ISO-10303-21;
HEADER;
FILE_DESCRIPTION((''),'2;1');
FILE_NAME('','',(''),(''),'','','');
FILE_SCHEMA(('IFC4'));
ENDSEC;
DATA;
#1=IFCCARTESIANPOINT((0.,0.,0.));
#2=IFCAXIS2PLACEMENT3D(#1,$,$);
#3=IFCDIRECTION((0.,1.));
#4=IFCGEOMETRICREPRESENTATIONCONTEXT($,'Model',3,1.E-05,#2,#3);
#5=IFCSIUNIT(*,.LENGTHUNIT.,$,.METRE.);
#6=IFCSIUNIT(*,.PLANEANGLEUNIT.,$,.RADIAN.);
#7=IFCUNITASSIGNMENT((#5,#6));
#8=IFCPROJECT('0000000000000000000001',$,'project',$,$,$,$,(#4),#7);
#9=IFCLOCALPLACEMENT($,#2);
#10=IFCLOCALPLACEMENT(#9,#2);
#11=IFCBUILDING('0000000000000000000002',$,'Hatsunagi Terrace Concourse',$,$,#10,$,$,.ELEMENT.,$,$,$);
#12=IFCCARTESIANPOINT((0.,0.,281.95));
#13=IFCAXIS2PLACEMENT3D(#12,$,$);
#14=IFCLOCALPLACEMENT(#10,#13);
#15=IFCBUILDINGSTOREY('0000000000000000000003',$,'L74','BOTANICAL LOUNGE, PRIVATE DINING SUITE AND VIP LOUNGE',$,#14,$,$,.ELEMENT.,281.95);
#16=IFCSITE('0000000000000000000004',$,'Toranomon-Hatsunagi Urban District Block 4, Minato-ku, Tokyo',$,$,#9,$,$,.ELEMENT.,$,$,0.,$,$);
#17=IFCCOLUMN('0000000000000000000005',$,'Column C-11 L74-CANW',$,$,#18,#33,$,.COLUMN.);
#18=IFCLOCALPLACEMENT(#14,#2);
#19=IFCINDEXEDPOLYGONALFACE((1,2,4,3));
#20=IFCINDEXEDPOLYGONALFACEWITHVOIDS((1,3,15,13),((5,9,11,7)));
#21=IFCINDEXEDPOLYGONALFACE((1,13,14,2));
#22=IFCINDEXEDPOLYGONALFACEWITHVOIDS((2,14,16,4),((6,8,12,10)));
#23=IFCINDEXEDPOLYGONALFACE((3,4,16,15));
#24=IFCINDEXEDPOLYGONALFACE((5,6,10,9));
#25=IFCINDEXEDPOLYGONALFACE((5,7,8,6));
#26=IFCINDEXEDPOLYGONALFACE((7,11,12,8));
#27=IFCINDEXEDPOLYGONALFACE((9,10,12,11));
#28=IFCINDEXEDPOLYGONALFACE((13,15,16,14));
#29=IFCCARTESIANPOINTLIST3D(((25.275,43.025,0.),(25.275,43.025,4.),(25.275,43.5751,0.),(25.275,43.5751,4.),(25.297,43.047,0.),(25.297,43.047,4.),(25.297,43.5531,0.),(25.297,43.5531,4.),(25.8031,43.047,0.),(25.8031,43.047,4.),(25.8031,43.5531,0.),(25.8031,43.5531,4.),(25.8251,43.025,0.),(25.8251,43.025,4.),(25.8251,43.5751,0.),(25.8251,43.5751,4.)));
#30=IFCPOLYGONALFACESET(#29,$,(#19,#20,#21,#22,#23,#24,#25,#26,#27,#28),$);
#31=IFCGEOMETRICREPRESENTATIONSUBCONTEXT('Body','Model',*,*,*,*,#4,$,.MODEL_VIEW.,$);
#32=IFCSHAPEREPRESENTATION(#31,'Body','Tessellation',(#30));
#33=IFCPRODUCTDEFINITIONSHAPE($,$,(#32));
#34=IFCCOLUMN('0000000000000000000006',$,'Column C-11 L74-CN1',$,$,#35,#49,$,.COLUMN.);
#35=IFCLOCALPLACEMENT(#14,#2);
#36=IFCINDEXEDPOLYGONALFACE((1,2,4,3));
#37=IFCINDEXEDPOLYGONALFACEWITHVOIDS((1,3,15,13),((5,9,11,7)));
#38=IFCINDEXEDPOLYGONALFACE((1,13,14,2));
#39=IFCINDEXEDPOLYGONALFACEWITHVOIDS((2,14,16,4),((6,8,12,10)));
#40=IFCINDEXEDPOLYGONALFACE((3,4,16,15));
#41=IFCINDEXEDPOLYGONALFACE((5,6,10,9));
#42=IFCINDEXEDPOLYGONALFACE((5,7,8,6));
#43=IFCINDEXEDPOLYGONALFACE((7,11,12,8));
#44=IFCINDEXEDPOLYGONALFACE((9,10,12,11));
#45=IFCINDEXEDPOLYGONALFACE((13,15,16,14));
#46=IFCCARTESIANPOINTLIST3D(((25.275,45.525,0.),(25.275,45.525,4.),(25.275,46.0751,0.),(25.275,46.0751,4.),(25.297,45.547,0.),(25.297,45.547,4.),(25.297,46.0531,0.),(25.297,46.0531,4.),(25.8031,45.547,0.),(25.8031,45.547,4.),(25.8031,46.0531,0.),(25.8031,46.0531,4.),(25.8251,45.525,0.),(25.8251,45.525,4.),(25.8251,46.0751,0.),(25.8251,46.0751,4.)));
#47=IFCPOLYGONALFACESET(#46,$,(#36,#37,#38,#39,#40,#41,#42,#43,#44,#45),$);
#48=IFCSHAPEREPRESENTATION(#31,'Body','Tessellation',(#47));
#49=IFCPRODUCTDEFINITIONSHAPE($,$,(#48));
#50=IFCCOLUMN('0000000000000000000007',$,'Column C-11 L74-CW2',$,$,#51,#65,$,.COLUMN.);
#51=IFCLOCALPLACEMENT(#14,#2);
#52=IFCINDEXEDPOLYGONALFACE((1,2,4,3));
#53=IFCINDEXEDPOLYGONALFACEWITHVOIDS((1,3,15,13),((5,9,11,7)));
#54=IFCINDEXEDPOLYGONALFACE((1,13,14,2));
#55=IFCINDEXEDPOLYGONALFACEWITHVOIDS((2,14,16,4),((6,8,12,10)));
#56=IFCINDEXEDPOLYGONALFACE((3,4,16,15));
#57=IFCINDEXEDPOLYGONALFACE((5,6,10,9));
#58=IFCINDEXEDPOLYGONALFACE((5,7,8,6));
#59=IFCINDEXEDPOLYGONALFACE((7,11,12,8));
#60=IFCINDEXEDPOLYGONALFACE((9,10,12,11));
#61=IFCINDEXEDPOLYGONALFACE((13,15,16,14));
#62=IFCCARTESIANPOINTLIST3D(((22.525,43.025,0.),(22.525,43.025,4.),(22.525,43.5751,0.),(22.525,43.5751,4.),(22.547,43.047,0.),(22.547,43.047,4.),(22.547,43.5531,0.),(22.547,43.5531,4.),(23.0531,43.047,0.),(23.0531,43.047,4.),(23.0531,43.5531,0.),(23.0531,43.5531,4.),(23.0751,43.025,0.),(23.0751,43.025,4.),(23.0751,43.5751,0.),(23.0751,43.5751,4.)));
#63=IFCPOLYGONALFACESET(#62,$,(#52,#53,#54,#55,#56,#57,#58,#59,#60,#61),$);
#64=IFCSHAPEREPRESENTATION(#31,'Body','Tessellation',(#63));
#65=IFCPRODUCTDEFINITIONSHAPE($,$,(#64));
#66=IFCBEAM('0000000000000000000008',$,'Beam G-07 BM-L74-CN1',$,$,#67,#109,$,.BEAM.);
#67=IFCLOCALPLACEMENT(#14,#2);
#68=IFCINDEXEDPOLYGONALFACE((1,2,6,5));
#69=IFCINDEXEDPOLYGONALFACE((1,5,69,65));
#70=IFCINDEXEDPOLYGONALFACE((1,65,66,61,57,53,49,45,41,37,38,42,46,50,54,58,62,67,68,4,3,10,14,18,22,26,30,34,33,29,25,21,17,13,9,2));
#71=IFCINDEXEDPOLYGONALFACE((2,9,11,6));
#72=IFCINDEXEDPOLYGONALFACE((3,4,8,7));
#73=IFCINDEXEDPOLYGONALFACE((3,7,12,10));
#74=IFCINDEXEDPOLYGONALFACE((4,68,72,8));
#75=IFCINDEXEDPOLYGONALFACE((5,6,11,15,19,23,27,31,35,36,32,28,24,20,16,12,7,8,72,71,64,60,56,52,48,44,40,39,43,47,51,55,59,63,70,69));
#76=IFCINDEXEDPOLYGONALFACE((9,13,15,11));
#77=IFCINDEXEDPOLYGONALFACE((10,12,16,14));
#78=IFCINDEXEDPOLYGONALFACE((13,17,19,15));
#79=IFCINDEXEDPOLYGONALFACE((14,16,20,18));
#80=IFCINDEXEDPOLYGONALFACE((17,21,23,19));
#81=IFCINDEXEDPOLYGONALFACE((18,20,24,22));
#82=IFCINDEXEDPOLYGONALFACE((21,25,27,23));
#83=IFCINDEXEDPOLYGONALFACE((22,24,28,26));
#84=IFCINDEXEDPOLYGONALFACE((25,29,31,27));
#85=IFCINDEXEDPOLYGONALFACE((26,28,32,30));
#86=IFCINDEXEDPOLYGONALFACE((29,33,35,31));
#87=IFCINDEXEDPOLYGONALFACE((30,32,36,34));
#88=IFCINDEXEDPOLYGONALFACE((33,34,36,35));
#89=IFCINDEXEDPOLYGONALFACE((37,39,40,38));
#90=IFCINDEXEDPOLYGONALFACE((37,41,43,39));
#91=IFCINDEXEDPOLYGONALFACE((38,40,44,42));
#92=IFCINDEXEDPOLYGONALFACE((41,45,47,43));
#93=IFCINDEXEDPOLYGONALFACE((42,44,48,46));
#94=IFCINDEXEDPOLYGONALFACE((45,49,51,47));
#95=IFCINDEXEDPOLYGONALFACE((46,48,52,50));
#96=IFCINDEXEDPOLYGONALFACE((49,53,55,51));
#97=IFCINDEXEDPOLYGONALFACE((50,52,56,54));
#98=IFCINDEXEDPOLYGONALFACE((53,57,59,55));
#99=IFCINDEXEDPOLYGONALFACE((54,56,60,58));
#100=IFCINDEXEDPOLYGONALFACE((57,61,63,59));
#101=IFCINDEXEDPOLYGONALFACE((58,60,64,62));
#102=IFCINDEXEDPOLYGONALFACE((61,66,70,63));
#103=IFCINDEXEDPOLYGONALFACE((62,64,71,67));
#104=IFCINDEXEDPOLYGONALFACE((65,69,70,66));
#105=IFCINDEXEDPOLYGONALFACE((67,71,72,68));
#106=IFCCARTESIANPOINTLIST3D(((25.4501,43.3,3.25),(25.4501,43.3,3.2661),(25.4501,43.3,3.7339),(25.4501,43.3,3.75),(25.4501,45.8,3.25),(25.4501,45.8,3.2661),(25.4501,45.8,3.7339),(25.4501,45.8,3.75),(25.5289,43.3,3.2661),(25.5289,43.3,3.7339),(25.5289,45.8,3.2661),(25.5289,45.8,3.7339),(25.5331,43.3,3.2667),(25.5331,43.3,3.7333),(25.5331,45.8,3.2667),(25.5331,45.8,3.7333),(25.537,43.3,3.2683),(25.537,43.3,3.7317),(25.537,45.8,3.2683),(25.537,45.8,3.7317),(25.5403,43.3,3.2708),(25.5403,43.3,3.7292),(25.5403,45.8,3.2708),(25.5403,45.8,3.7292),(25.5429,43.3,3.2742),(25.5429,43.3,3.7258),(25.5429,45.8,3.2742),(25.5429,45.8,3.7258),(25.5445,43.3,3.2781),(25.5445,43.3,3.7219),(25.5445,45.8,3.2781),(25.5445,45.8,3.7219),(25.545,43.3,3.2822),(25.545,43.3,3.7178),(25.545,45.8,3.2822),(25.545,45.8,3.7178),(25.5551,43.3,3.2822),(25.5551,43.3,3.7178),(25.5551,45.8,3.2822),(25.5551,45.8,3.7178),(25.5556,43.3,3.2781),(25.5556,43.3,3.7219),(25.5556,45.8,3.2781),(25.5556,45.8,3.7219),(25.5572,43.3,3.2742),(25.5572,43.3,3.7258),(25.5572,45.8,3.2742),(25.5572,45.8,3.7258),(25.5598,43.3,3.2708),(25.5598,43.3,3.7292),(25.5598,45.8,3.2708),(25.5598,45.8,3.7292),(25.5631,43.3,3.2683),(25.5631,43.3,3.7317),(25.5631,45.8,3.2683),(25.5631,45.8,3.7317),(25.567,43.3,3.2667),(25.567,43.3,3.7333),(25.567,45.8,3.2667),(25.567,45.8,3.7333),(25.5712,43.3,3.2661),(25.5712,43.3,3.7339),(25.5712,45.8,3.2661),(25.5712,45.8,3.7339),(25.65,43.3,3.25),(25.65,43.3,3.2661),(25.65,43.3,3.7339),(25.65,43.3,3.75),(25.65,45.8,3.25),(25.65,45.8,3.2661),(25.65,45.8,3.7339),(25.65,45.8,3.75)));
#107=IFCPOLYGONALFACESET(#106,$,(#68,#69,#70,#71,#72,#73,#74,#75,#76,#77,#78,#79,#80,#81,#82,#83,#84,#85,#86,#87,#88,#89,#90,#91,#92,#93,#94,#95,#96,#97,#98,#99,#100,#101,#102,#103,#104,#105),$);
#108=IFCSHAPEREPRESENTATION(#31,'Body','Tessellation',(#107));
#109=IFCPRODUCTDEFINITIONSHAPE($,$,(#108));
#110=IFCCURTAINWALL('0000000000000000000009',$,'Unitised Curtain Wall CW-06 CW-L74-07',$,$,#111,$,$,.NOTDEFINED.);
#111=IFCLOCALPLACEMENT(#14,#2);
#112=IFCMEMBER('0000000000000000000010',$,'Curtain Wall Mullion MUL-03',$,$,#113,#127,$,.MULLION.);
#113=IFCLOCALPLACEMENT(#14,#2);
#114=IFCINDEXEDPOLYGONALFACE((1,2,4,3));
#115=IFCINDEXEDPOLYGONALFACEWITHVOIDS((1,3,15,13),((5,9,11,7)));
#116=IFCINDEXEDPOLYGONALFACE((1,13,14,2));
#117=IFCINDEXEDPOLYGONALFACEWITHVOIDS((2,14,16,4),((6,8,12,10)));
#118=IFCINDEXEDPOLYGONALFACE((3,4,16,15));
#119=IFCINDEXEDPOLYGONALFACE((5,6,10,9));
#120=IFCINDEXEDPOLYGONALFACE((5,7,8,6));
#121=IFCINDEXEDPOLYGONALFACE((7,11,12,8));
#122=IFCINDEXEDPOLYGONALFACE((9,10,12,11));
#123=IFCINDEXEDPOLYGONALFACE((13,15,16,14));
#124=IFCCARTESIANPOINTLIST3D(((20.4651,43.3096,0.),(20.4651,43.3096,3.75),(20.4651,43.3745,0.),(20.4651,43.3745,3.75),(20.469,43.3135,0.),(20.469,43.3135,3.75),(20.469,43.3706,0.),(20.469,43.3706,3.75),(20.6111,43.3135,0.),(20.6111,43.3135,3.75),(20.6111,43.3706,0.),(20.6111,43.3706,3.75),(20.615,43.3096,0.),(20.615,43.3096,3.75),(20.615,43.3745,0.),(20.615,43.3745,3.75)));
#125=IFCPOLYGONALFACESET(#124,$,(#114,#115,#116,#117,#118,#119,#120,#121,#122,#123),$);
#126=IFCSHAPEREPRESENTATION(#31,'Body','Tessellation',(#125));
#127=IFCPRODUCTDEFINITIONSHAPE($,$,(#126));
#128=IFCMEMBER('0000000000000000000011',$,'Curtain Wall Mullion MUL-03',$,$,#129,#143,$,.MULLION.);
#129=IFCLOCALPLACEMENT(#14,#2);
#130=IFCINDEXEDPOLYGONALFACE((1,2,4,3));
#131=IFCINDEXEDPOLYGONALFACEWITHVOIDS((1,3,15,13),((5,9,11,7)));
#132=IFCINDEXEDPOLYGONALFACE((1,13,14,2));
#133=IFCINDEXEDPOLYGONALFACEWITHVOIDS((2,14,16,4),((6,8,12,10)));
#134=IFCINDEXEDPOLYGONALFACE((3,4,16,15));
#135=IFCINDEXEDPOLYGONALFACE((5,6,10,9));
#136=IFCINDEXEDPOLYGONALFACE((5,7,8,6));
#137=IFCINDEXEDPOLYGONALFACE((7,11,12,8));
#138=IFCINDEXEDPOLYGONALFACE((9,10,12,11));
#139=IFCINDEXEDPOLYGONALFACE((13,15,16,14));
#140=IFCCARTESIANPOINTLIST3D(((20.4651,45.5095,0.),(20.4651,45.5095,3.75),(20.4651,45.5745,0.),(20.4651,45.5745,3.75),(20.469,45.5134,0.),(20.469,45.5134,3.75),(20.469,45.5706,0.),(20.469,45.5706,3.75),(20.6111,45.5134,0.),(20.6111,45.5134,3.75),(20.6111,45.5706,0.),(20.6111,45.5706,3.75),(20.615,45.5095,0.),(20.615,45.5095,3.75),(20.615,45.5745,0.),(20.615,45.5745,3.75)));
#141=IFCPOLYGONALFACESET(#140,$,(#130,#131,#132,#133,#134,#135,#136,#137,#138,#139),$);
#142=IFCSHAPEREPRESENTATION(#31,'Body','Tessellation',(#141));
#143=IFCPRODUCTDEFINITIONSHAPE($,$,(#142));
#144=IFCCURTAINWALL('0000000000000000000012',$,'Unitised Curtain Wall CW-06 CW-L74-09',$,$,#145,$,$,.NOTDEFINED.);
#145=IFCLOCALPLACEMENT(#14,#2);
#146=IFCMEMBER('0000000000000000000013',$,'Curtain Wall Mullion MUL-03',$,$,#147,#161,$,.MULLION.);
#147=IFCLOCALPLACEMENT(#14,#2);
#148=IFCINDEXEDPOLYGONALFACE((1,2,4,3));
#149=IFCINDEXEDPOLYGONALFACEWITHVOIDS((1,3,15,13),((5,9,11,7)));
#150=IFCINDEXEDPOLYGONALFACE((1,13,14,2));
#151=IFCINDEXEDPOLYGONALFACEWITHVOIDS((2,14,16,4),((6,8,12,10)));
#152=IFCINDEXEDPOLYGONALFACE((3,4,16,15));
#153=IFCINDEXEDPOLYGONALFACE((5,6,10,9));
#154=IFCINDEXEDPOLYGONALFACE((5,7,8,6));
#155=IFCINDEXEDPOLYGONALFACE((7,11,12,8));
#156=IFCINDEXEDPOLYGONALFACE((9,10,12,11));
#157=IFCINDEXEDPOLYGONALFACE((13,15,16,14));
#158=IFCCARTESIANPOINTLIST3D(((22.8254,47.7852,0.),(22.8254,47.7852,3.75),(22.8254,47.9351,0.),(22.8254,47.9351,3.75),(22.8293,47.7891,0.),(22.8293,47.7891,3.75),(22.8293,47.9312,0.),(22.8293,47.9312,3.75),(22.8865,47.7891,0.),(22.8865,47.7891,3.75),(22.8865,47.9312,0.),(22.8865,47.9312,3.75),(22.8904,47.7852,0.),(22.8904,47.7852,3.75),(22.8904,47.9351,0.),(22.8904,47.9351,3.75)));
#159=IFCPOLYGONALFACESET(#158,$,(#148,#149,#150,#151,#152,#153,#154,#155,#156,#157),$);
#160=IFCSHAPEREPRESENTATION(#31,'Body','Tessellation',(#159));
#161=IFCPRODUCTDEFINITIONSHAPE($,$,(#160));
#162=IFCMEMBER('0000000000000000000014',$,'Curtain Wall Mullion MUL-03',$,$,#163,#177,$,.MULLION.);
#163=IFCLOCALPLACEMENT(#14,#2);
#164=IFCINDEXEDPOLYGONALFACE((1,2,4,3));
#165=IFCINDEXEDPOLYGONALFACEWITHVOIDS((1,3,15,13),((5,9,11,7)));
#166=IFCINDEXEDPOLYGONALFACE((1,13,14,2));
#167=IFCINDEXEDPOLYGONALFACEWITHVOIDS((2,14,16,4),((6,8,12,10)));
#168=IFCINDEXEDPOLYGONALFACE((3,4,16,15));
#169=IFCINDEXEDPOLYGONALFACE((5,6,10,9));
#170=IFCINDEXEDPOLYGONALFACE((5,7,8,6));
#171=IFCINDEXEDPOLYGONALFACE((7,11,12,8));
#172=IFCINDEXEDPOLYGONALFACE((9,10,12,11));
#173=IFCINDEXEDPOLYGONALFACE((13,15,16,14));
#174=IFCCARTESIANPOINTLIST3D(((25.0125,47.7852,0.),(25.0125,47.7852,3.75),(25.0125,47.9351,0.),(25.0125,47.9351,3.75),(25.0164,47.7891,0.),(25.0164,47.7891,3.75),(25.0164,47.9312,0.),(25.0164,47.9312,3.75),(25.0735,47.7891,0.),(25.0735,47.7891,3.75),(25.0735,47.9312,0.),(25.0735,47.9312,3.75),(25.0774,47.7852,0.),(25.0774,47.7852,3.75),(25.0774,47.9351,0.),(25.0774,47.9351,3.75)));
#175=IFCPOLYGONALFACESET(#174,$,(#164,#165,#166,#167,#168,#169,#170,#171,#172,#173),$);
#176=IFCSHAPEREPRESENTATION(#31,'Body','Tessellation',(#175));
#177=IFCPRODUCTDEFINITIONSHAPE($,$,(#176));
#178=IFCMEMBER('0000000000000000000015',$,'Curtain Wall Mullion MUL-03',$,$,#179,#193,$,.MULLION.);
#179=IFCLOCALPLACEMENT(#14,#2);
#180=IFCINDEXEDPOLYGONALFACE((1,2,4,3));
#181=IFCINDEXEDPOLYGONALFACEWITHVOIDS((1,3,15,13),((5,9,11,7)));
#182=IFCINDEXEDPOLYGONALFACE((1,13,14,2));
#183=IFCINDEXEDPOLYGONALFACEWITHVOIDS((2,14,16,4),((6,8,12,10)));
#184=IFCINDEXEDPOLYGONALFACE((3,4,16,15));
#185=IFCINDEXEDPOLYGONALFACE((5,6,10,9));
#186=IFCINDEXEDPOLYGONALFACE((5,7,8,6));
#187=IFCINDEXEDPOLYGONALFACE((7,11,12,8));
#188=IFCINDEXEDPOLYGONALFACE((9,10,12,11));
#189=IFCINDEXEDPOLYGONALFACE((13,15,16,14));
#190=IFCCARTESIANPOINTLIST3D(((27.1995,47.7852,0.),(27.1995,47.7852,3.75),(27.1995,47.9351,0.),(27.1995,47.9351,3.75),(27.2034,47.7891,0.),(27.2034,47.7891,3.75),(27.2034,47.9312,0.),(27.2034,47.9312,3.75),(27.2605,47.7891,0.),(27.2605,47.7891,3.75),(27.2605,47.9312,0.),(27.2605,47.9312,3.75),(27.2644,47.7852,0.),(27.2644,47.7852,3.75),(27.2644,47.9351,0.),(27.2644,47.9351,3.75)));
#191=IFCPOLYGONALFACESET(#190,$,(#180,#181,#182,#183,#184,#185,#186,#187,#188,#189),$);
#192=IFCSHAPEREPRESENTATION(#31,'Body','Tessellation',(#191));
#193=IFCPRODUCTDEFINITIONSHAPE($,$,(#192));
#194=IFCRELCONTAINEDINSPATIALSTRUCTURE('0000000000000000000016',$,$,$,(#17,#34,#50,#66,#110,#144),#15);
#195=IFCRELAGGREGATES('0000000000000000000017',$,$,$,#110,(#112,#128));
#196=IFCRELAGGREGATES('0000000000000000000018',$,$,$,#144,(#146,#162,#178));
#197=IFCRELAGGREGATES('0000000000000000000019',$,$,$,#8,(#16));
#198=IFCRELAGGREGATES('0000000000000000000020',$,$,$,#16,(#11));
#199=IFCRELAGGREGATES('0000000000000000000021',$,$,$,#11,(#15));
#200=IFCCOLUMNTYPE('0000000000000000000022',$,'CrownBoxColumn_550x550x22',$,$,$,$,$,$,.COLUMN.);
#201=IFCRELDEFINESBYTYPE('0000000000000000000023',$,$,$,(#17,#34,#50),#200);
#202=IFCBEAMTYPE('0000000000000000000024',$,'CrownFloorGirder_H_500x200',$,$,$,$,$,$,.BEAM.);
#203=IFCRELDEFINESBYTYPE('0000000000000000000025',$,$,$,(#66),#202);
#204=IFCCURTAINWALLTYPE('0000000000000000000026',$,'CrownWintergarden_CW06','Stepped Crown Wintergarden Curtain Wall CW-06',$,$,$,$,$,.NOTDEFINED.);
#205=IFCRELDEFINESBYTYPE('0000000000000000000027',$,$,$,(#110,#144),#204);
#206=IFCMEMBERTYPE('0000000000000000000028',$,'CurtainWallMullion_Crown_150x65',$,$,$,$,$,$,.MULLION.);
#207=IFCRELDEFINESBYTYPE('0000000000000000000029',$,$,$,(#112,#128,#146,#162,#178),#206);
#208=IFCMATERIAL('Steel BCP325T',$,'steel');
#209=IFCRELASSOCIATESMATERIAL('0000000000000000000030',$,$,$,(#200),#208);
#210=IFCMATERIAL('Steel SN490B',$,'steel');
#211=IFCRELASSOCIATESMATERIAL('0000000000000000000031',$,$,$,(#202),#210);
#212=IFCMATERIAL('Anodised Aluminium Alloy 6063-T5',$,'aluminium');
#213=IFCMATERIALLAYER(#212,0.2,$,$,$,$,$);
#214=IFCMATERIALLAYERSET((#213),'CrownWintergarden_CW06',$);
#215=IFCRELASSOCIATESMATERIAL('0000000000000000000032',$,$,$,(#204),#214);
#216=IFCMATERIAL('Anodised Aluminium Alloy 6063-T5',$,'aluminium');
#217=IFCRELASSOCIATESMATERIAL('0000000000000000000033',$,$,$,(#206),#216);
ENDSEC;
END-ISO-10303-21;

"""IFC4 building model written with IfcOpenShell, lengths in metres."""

from ifc_helpers import new_model, si_unit, direction, frame, origin, origin_2d, place, context, subcontext, project, spatial, hollow_rectangle, i_section, extrude, material, layer, layer_set, material_profile, profile_set, type_object, element, aggregate, save


model = new_model("IFC4")

# Units and contexts
model_context = context("Model", 3, precision=1e-05, world=origin(), true_north=direction((0.0, 1.0)))
body_context = subcontext(model_context, "Body", "Model", "MODEL_VIEW")
ifc_project = project(units=[si_unit("LENGTHUNIT", "METRE"), si_unit("PLANEANGLEUNIT", "RADIAN")], contexts=[model_context])

# Site, building, storey
site_placement = place(None, origin())
site = spatial("IfcSite", under=ifc_project, at=site_placement, Name="Toranomon-Hatsunagi Urban District Block 4, Minato-ku, Tokyo", CompositionType="ELEMENT", RefElevation=0.0)
building_placement = place(site_placement, origin())
building = spatial("IfcBuilding", under=site, at=building_placement, Name="Hatsunagi Terrace Concourse", CompositionType="ELEMENT")
storey_placement = place(building_placement, frame((0.0, 0.0, 281.95)))
storey = spatial("IfcBuildingStorey", under=building, at=storey_placement, Name="L74", Description="BOTANICAL LOUNGE, PRIVATE DINING SUITE AND VIP LOUNGE", CompositionType="ELEMENT", Elevation=281.95)

# Columns
ifc_material_1 = material(Name="Steel BCP325T", Category="steel")
ifc_material_profile_1 = material_profile(ifc_material_1, hollow_rectangle(XDim=0.55, YDim=0.55, WallThickness=0.022, at=origin_2d()), Name="BCP-550x550x22")
ifc_profile_set_1 = profile_set([ifc_material_profile_1], Name="Steel BCP325T")
column_type = type_object("IfcColumnType", Name="CrownBoxColumn_550x550x22", PredefinedType="COLUMN", material=ifc_profile_set_1)
for number, where, z_axis, x_axis, name in (
    (1, (25.55, 43.3, 0.0), (0.0, 0.0, 1.0), (1.0, 0.0, 0.0), "Column C-11 L74-CANW"),
    (2, (25.55, 45.8, 0.0), (0.0, 0.0, 1.0), (1.0, 0.0, 0.0), "Column C-11 L74-CN1"),
    (3, (22.8, 43.3, 0.0), (0.0, 0.0, 1.0), (1.0, 0.0, 0.0), "Column C-11 L74-CW2"),
):
    element("IfcColumn", number, at=place(storey_placement, frame(where, z_axis=z_axis, x_axis=x_axis)), inside=storey, type_object=column_type, Name=name, PredefinedType="COLUMN", context=body_context, shape_type="SweptSolid", body=[
        extrude(hollow_rectangle(XDim=0.55, YDim=0.55, WallThickness=0.022, at=origin_2d()), origin(), (0.0, 0.0, 1.0), 4.0),
    ])

# Beam
ifc_material_2 = material(Name="Steel SN490B", Category="steel")
ifc_material_profile_2 = material_profile(ifc_material_2, i_section(OverallWidth=0.2, OverallDepth=0.5, WebThickness=0.01, FlangeThickness=0.0161, FilletRadius=0.0161, at=origin_2d()), Name="H-500x200x10x16")
ifc_profile_set_2 = profile_set([ifc_material_profile_2], Name="Steel SN490B")
beam_type_1 = type_object("IfcBeamType", Name="CrownFloorGirder_H_500x200", PredefinedType="BEAM", material=ifc_profile_set_2)
beam_1_placement = place(storey_placement, frame((25.55, 43.3, 3.5), z_axis=(0.0, 1.0, 0.0), x_axis=(-1.0, 0.0, 0.0)))
element("IfcBeam", 4, at=beam_1_placement, inside=storey, type_object=beam_type_1, Name="Beam G-07 BM-L74-CN1", PredefinedType="BEAM", context=body_context, shape_type="SweptSolid", body=[
    extrude(i_section(OverallWidth=0.2, OverallDepth=0.5, WebThickness=0.01, FlangeThickness=0.0161, FilletRadius=0.0161, at=origin_2d()), origin(), (0.0, 0.0, 1.0), 2.5),
])

# Curtain walls, members
ifc_material_3 = material(Name="Anodised Aluminium Alloy 6063-T5", Category="aluminium")
ifc_layer_1 = layer(ifc_material_3, 0.2)
ifc_layer_set_1 = layer_set([ifc_layer_1], Name="CrownWintergarden_CW06")
curtain_wall_type = type_object("IfcCurtainWallType", Name="CrownWintergarden_CW06", Description="Stepped Crown Wintergarden Curtain Wall CW-06", PredefinedType="NOTDEFINED", material=ifc_layer_set_1)
curtain_wall_1_placement = place(storey_placement, origin())
curtain_wall_1 = element("IfcCurtainWall", 5, at=curtain_wall_1_placement, inside=storey, type_object=curtain_wall_type, Name="Unitised Curtain Wall CW-06 CW-L74-07", PredefinedType="NOTDEFINED")
ifc_material_4 = material(Name="Anodised Aluminium Alloy 6063-T5", Category="aluminium")
ifc_material_profile_3 = material_profile(ifc_material_4, hollow_rectangle(XDim=0.0649, YDim=0.1499, WallThickness=0.0039, at=origin_2d()), Name="ALU-MUL-150x65x4")
ifc_profile_set_3 = profile_set([ifc_material_profile_3], Name="Anodised Aluminium Alloy 6063-T5")
member_type_1 = type_object("IfcMemberType", Name="CurtainWallMullion_Crown_150x65", PredefinedType="MULLION", material=ifc_profile_set_3)
member_1_placement = place(storey_placement, frame((20.54, 43.342, 0.0), z_axis=(0.0, 0.0, 1.0), x_axis=(0.0, 1.0, 0.0)))
member_1 = element("IfcMember", 6, at=member_1_placement, type_object=member_type_1, Name="Curtain Wall Mullion MUL-03", PredefinedType="MULLION", context=body_context, shape_type="SweptSolid", body=[
    extrude(hollow_rectangle(XDim=0.0649, YDim=0.1499, WallThickness=0.0039, at=origin_2d()), origin(), (0.0, 0.0, 1.0), 3.75),
])
member_2_placement = place(storey_placement, frame((20.54, 45.542, 0.0), z_axis=(0.0, 0.0, 1.0), x_axis=(0.0, 1.0, 0.0)))
member_2 = element("IfcMember", 7, at=member_2_placement, type_object=member_type_1, Name="Curtain Wall Mullion MUL-03", PredefinedType="MULLION", context=body_context, shape_type="SweptSolid", body=[
    extrude(hollow_rectangle(XDim=0.0649, YDim=0.1499, WallThickness=0.0039, at=origin_2d()), origin(), (0.0, 0.0, 1.0), 3.75),
])
curtain_wall_2_placement = place(storey_placement, origin())
curtain_wall_2 = element("IfcCurtainWall", 8, at=curtain_wall_2_placement, inside=storey, type_object=curtain_wall_type, Name="Unitised Curtain Wall CW-06 CW-L74-09", PredefinedType="NOTDEFINED")
member_3_placement = place(storey_placement, frame((22.8579, 47.8601, 0.0), z_axis=(0.0, 0.0, 1.0), x_axis=(1.0, 0.0, 0.0)))
member_3 = element("IfcMember", 9, at=member_3_placement, type_object=member_type_1, Name="Curtain Wall Mullion MUL-03", PredefinedType="MULLION", context=body_context, shape_type="SweptSolid", body=[
    extrude(hollow_rectangle(XDim=0.0649, YDim=0.1499, WallThickness=0.0039, at=origin_2d()), origin(), (0.0, 0.0, 1.0), 3.75),
])
member_4_placement = place(storey_placement, frame((25.0449, 47.8601, 0.0), z_axis=(0.0, 0.0, 1.0), x_axis=(1.0, 0.0, 0.0)))
member_4 = element("IfcMember", 10, at=member_4_placement, type_object=member_type_1, Name="Curtain Wall Mullion MUL-03", PredefinedType="MULLION", context=body_context, shape_type="SweptSolid", body=[
    extrude(hollow_rectangle(XDim=0.0649, YDim=0.1499, WallThickness=0.0039, at=origin_2d()), origin(), (0.0, 0.0, 1.0), 3.75),
])
member_5_placement = place(storey_placement, frame((27.2319, 47.8601, 0.0), z_axis=(0.0, 0.0, 1.0), x_axis=(1.0, 0.0, 0.0)))
member_5 = element("IfcMember", 11, at=member_5_placement, type_object=member_type_1, Name="Curtain Wall Mullion MUL-03", PredefinedType="MULLION", context=body_context, shape_type="SweptSolid", body=[
    extrude(hollow_rectangle(XDim=0.0649, YDim=0.1499, WallThickness=0.0039, at=origin_2d()), origin(), (0.0, 0.0, 1.0), 3.75),
])

aggregate(curtain_wall_1, [member_1, member_2])
aggregate(curtain_wall_2, [member_3, member_4, member_5])

save(model, "model.ifc")
